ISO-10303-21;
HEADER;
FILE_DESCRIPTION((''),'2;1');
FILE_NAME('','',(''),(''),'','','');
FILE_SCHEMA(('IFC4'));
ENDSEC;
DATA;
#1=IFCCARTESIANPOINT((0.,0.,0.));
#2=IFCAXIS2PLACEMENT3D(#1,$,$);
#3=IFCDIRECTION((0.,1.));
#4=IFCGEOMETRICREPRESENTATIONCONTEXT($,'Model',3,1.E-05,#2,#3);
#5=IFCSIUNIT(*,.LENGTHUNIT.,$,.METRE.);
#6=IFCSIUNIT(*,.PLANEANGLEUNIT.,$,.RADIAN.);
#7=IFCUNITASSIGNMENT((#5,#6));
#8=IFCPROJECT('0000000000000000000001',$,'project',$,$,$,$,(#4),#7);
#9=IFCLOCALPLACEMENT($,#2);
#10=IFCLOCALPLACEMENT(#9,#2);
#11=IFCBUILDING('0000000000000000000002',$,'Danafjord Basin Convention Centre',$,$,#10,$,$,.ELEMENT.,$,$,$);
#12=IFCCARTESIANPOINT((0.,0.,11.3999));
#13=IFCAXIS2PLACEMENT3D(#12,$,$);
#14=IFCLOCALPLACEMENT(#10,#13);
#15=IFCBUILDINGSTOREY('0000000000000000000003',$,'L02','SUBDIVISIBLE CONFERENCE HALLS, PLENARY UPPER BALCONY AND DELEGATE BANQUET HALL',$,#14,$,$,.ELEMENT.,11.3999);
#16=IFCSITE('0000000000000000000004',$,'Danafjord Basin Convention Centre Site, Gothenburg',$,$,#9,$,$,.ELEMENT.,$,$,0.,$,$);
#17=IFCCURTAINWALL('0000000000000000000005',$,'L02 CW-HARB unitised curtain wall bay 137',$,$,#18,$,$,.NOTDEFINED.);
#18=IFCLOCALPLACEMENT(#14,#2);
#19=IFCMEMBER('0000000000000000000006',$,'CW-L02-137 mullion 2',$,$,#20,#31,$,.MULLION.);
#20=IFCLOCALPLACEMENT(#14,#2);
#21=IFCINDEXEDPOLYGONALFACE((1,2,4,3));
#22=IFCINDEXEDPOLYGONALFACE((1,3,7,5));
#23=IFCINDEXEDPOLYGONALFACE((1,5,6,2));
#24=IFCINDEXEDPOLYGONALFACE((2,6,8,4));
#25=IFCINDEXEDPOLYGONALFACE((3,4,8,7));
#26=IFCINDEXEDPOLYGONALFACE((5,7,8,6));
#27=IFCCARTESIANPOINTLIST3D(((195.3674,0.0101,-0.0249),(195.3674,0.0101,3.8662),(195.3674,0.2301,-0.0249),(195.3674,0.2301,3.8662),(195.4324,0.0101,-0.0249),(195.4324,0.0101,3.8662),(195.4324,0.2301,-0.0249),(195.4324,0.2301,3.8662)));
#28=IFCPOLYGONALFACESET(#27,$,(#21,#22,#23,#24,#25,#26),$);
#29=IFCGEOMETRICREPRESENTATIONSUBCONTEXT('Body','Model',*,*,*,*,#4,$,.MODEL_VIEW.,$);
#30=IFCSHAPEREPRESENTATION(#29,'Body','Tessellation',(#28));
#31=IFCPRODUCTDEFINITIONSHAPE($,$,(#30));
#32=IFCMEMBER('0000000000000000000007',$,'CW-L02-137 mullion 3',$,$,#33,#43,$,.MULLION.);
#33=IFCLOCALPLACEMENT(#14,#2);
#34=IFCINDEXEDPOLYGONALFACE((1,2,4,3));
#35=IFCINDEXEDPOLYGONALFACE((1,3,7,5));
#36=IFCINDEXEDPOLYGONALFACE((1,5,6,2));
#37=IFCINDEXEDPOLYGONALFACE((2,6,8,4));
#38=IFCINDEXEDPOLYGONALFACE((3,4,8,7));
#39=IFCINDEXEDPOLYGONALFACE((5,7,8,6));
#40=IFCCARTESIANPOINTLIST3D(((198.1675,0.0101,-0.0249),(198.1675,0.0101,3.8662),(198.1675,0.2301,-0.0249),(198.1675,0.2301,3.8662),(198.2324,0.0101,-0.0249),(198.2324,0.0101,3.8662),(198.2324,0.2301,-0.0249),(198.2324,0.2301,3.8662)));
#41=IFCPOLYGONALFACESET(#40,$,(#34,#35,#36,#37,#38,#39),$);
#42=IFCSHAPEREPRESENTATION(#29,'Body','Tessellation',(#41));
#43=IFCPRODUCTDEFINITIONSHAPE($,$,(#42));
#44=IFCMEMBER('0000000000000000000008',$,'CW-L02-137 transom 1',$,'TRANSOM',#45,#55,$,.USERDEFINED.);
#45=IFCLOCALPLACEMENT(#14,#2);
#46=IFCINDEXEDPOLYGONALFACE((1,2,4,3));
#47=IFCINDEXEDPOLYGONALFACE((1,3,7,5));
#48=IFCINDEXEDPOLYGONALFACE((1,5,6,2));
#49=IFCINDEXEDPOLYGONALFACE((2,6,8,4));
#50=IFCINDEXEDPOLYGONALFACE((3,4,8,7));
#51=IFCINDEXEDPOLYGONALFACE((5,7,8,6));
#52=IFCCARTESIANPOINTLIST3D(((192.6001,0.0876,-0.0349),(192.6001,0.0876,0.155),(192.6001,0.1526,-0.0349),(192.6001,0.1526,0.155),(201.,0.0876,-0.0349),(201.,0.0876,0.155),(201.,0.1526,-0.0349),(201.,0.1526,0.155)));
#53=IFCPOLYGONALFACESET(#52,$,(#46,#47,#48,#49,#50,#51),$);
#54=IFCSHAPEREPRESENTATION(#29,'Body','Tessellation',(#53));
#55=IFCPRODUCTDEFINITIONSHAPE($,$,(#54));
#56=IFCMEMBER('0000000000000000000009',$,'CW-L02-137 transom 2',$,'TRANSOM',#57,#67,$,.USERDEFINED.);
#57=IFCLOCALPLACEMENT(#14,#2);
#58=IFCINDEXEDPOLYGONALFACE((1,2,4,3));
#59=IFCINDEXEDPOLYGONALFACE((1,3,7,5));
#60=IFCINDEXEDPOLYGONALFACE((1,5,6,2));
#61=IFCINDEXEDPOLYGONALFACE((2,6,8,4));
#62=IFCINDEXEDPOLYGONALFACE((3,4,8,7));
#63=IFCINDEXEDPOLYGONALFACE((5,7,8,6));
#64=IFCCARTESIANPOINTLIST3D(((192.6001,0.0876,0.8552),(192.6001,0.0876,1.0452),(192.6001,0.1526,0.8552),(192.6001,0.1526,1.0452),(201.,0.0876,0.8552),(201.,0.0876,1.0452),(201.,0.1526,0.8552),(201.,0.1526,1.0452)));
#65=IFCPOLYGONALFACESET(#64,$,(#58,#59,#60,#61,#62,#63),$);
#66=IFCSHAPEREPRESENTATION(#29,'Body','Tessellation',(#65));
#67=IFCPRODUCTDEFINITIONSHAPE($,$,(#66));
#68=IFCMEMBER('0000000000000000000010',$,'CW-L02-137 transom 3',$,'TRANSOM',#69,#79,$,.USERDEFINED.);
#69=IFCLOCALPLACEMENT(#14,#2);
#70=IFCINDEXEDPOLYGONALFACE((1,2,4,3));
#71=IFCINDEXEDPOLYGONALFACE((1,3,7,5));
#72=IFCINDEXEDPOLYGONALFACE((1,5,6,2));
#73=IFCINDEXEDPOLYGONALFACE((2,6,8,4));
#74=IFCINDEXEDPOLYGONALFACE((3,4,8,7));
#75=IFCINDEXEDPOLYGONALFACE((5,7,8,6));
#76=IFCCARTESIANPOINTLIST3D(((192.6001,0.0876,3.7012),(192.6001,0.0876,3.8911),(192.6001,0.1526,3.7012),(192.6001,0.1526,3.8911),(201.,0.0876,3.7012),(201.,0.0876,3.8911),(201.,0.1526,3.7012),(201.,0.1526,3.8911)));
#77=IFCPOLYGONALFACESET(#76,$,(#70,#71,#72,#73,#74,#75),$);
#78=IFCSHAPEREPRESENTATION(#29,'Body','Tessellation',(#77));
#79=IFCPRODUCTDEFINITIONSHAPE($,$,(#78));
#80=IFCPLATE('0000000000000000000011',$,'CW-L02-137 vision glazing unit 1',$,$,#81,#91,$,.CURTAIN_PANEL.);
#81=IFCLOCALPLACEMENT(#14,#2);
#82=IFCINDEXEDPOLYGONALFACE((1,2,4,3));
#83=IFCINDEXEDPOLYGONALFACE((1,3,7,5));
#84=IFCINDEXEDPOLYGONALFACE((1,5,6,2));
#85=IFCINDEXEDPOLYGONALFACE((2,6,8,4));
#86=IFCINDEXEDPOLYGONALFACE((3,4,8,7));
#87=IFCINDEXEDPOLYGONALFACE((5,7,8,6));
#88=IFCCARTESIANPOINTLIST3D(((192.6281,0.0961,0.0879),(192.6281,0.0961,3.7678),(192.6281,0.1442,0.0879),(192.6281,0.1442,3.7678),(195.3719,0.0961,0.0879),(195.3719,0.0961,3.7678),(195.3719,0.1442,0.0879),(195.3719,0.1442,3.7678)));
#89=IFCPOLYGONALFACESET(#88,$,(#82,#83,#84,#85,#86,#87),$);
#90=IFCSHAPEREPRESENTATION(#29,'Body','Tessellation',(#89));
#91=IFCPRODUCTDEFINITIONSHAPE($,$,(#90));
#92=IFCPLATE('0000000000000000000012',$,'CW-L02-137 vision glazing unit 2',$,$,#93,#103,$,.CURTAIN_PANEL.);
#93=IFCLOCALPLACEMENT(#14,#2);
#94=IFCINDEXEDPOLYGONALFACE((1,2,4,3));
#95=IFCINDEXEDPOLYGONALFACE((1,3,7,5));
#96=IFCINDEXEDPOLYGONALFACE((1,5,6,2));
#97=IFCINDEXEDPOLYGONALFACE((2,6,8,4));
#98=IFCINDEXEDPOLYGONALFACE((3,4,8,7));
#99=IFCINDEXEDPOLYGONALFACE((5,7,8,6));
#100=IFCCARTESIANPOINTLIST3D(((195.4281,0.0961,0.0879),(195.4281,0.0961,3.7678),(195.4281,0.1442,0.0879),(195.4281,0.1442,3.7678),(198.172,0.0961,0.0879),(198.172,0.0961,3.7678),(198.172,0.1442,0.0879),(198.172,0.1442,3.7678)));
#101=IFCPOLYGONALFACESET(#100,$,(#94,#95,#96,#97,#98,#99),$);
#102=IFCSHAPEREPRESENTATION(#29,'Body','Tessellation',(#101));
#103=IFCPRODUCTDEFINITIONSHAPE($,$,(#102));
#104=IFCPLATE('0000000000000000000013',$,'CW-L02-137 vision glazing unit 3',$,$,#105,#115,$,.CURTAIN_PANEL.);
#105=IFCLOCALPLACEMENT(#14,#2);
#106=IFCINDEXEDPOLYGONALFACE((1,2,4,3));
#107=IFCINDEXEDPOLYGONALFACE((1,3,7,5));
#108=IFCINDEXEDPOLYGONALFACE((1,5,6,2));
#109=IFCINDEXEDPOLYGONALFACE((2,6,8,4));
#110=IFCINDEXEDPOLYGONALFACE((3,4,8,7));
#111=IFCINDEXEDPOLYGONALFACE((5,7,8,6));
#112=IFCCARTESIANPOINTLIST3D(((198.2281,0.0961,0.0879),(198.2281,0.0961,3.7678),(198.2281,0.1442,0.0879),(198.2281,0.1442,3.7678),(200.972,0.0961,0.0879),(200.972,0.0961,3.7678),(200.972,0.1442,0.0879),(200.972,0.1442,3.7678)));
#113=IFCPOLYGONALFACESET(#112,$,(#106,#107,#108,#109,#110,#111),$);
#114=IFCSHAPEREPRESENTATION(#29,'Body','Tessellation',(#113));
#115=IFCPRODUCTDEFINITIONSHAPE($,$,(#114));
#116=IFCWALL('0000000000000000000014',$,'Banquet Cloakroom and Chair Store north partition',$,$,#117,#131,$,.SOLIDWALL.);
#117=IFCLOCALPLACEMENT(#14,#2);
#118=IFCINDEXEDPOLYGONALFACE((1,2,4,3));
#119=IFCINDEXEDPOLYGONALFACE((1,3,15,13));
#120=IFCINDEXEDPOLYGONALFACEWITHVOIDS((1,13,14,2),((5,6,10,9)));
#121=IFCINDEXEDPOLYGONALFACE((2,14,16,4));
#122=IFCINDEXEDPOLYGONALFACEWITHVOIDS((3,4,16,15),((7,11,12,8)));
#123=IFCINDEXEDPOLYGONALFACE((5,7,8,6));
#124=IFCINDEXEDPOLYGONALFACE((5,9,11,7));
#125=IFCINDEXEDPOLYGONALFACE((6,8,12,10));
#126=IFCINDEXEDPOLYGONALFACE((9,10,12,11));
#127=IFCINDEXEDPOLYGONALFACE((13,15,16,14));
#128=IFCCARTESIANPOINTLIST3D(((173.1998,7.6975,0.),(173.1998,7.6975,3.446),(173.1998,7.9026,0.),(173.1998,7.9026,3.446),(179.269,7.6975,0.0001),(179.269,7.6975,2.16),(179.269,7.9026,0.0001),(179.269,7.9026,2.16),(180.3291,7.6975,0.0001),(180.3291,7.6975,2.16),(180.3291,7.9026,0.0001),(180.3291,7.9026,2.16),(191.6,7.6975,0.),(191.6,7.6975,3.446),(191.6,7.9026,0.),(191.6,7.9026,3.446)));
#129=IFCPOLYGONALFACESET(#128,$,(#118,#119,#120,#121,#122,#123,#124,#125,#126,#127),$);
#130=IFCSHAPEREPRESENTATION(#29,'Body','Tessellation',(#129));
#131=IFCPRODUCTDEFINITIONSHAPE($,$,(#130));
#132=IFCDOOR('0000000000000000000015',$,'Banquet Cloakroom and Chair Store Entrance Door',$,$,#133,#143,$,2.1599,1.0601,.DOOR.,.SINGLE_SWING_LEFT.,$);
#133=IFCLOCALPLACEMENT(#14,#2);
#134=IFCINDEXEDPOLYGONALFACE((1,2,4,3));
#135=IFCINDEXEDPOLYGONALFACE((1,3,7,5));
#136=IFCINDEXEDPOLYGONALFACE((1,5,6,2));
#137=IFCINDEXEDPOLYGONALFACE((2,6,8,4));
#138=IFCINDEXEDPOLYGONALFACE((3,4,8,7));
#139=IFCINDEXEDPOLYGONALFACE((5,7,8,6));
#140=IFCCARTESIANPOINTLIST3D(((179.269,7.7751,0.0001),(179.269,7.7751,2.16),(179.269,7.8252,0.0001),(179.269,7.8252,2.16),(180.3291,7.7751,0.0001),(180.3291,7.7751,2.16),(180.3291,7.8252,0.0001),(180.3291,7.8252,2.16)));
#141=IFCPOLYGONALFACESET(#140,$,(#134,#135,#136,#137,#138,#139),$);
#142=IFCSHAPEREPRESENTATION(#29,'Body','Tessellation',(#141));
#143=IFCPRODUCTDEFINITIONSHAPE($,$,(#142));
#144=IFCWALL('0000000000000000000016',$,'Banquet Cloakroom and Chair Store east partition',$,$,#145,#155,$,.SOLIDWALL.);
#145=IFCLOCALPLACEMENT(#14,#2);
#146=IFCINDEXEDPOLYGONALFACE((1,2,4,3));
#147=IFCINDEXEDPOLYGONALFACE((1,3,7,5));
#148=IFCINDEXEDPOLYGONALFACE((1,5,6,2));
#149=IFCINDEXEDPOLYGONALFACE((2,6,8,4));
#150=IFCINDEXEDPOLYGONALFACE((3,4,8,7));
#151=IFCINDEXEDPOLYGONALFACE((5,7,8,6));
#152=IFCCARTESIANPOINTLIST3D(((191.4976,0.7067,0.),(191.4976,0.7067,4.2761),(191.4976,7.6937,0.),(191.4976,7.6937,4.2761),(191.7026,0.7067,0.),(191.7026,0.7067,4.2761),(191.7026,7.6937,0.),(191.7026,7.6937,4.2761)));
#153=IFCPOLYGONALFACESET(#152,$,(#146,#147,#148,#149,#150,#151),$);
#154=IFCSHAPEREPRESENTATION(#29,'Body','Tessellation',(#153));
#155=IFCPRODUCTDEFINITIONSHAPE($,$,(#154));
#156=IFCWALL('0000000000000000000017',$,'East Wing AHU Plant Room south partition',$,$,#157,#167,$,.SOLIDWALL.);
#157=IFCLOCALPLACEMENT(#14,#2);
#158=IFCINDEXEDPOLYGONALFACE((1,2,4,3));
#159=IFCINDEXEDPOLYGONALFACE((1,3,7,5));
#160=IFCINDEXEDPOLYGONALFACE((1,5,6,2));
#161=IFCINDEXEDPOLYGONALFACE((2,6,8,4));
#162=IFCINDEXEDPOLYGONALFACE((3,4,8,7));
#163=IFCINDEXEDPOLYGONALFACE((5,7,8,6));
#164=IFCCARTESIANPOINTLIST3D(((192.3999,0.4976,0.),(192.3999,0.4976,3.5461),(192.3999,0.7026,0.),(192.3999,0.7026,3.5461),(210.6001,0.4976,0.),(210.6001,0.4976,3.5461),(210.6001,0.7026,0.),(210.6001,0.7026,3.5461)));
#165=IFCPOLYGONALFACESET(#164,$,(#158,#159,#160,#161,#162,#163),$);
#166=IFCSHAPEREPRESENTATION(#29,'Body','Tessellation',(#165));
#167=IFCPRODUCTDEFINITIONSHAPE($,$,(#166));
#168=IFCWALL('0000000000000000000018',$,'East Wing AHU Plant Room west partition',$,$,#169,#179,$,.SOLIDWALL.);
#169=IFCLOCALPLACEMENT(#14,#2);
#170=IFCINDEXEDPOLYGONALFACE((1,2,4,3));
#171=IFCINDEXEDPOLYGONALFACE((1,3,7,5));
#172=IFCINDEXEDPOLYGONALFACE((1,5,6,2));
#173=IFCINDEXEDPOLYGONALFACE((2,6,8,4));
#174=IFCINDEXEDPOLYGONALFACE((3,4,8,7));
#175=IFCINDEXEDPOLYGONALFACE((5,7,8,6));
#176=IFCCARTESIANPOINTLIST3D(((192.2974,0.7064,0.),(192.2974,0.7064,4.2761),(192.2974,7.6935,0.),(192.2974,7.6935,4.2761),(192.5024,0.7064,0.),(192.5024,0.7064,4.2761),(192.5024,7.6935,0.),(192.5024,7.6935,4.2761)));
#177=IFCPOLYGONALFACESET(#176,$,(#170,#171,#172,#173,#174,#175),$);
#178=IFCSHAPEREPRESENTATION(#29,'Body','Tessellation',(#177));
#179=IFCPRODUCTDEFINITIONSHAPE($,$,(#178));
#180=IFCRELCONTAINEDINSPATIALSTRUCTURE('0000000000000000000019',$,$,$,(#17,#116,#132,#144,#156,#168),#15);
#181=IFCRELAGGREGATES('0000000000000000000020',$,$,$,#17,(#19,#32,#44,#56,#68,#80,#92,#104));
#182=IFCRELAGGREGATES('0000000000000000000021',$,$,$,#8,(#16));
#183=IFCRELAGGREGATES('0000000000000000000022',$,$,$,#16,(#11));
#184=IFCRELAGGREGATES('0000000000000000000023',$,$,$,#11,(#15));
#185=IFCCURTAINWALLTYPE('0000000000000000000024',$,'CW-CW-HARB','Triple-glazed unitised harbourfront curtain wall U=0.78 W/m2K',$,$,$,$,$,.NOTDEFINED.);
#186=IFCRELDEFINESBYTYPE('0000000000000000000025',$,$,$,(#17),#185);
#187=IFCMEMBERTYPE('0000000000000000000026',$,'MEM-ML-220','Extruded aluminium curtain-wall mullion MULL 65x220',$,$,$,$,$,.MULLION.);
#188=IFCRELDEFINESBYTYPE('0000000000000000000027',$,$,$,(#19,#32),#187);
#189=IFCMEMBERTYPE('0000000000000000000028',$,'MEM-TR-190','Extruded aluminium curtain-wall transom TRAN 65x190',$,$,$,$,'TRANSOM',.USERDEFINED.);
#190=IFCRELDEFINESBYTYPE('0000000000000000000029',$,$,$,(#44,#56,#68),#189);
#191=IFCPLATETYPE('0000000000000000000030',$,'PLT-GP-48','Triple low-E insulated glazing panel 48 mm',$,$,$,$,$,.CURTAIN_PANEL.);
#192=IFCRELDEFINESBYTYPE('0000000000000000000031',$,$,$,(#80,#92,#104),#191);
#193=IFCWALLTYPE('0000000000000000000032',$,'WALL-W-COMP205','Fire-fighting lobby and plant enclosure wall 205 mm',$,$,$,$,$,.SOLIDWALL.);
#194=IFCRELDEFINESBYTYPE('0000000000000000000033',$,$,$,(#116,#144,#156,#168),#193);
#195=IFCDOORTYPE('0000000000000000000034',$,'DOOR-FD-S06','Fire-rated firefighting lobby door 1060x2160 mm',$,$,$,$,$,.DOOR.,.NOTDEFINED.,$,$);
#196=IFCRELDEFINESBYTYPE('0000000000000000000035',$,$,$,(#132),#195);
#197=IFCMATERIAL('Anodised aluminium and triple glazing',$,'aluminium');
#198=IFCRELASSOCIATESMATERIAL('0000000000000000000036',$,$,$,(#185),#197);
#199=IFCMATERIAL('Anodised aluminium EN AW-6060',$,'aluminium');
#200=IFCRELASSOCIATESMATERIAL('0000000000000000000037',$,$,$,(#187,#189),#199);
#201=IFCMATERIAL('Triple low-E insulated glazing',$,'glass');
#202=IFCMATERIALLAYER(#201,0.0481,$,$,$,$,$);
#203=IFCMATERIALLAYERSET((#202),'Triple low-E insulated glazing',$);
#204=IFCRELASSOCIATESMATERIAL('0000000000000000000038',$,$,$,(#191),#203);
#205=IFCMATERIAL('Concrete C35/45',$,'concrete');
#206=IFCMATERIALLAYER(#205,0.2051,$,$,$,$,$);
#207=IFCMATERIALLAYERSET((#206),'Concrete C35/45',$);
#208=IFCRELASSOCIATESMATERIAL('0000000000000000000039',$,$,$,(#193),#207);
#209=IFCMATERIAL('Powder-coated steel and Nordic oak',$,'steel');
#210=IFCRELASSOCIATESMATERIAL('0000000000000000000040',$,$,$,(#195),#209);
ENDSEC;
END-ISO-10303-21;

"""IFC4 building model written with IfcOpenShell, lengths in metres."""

from ifc_helpers import new_model, si_unit, direction, frame, frame_2d, origin, origin_2d, place, context, subcontext, project, spatial, rectangle, extrude, material, layer, layer_set, material_profile, profile_set, type_object, element, fill, aggregate, save


model = new_model("IFC4")

# Units and contexts
model_context = context("Model", 3, precision=1e-05, world=origin(), true_north=direction((0.0, 1.0)))
body_context = subcontext(model_context, "Body", "Model", "MODEL_VIEW")
ifc_project = project(units=[si_unit("LENGTHUNIT", "METRE"), si_unit("PLANEANGLEUNIT", "RADIAN")], contexts=[model_context])

# Site, building, storey
site_placement = place(None, origin())
site = spatial("IfcSite", under=ifc_project, at=site_placement, Name="Danafjord Basin Convention Centre Site, Gothenburg", CompositionType="ELEMENT", RefElevation=0.0)
building_placement = place(site_placement, origin())
building = spatial("IfcBuilding", under=site, at=building_placement, Name="Danafjord Basin Convention Centre", CompositionType="ELEMENT")
storey_placement = place(building_placement, frame((0.0, 0.0, 11.3999)))
storey = spatial("IfcBuildingStorey", under=building, at=storey_placement, Name="L02", Description="SUBDIVISIBLE CONFERENCE HALLS, PLENARY UPPER BALCONY AND DELEGATE BANQUET HALL", CompositionType="ELEMENT", Elevation=11.3999)

# Curtain wall, members, plates
ifc_material_1 = material(Name="Anodised aluminium and triple glazing", Category="aluminium")
curtain_wall_type = type_object("IfcCurtainWallType", Name="CW-CW-HARB", Description="Triple-glazed unitised harbourfront curtain wall U=0.78 W/m2K", PredefinedType="NOTDEFINED", material=ifc_material_1)
curtain_wall_placement = place(storey_placement, origin())
curtain_wall = element("IfcCurtainWall", 1, at=curtain_wall_placement, inside=storey, type_object=curtain_wall_type, Name="L02 CW-HARB unitised curtain wall bay 137", PredefinedType="NOTDEFINED")
ifc_material_2 = material(Name="Anodised aluminium EN AW-6060", Category="aluminium")
ifc_material_profile_1 = material_profile(ifc_material_2, rectangle(XDim=0.0649, YDim=0.22, at=origin_2d()), Name="MULL 65x220")
ifc_profile_set_1 = profile_set([ifc_material_profile_1], Name="Anodised aluminium EN AW-6060")
member_type_1 = type_object("IfcMemberType", Name="MEM-ML-220", Description="Extruded aluminium curtain-wall mullion MULL 65x220", PredefinedType="MULLION", material=ifc_profile_set_1)
member_1_placement = place(storey_placement, frame((195.3999, 0.1201, -0.0249), z_axis=(0.0, 0.0, 1.0), x_axis=(1.0, 0.0, 0.0)))
member_1 = element("IfcMember", 2, at=member_1_placement, type_object=member_type_1, Name="CW-L02-137 mullion 2", PredefinedType="MULLION", context=body_context, shape_type="SweptSolid", body=[
    extrude(rectangle(XDim=0.0649, YDim=0.22, at=origin_2d()), origin(), (0.0, 0.0, 1.0), 3.8911),
])
member_2_placement = place(storey_placement, frame((198.2, 0.1201, -0.0249), z_axis=(0.0, 0.0, 1.0), x_axis=(1.0, 0.0, 0.0)))
member_2 = element("IfcMember", 3, at=member_2_placement, type_object=member_type_1, Name="CW-L02-137 mullion 3", PredefinedType="MULLION", context=body_context, shape_type="SweptSolid", body=[
    extrude(rectangle(XDim=0.0649, YDim=0.22, at=origin_2d()), origin(), (0.0, 0.0, 1.0), 3.8911),
])
ifc_material_profile_2 = material_profile(ifc_material_2, rectangle(XDim=0.0649, YDim=0.1899, at=origin_2d()), Name="TRAN 65x190")
ifc_profile_set_2 = profile_set([ifc_material_profile_2], Name="Anodised aluminium EN AW-6060")
member_type_2 = type_object("IfcMemberType", Name="MEM-TR-190", Description="Extruded aluminium curtain-wall transom TRAN 65x190", ElementType="TRANSOM", PredefinedType="USERDEFINED", material=ifc_profile_set_2)
member_3_placement = place(storey_placement, frame((192.6001, 0.1201, 0.0601), z_axis=(1.0, 0.0, 0.0), x_axis=(0.0, 1.0, 0.0)))
member_3 = element("IfcMember", 4, at=member_3_placement, type_object=member_type_2, Name="CW-L02-137 transom 1", ObjectType="TRANSOM", PredefinedType="USERDEFINED", context=body_context, shape_type="SweptSolid", body=[
    extrude(rectangle(XDim=0.0649, YDim=0.1899, at=origin_2d()), origin(), (0.0, 0.0, 1.0), 8.3999),
])
member_4_placement = place(storey_placement, frame((192.6001, 0.1201, 0.9502), z_axis=(1.0, 0.0, 0.0), x_axis=(0.0, 1.0, 0.0)))
member_4 = element("IfcMember", 5, at=member_4_placement, type_object=member_type_2, Name="CW-L02-137 transom 2", ObjectType="TRANSOM", PredefinedType="USERDEFINED", context=body_context, shape_type="SweptSolid", body=[
    extrude(rectangle(XDim=0.0649, YDim=0.1899, at=origin_2d()), origin(), (0.0, 0.0, 1.0), 8.3999),
])
member_5_placement = place(storey_placement, frame((192.6001, 0.1201, 3.7961), z_axis=(1.0, 0.0, 0.0), x_axis=(0.0, 1.0, 0.0)))
member_5 = element("IfcMember", 6, at=member_5_placement, type_object=member_type_2, Name="CW-L02-137 transom 3", ObjectType="TRANSOM", PredefinedType="USERDEFINED", context=body_context, shape_type="SweptSolid", body=[
    extrude(rectangle(XDim=0.0649, YDim=0.1899, at=origin_2d()), origin(), (0.0, 0.0, 1.0), 8.3999),
])
ifc_material_3 = material(Name="Triple low-E insulated glazing", Category="glass")
ifc_layer_1 = layer(ifc_material_3, 0.0481)
ifc_layer_set_1 = layer_set([ifc_layer_1], Name="Triple low-E insulated glazing")
plate_type = type_object("IfcPlateType", Name="PLT-GP-48", Description="Triple low-E insulated glazing panel 48 mm", PredefinedType="CURTAIN_PANEL", material=ifc_layer_set_1)
plate_1_placement = place(storey_placement, frame((194.0, 0.1201, 0.0879), z_axis=(0.0, 0.0, 1.0), x_axis=(1.0, 0.0, 0.0)))
plate_1 = element("IfcPlate", 7, at=plate_1_placement, type_object=plate_type, Name="CW-L02-137 vision glazing unit 1", PredefinedType="CURTAIN_PANEL", context=body_context, shape_type="SweptSolid", body=[
    extrude(rectangle(XDim=2.7439, YDim=0.0481, at=origin_2d()), origin(), (0.0, 0.0, 1.0), 3.6799),
])
plate_2_placement = place(storey_placement, frame((196.8, 0.1201, 0.0879), z_axis=(0.0, 0.0, 1.0), x_axis=(1.0, 0.0, 0.0)))
plate_2 = element("IfcPlate", 8, at=plate_2_placement, type_object=plate_type, Name="CW-L02-137 vision glazing unit 2", PredefinedType="CURTAIN_PANEL", context=body_context, shape_type="SweptSolid", body=[
    extrude(rectangle(XDim=2.7439, YDim=0.0481, at=origin_2d()), origin(), (0.0, 0.0, 1.0), 3.6799),
])
plate_3_placement = place(storey_placement, frame((199.6001, 0.1201, 0.0879), z_axis=(0.0, 0.0, 1.0), x_axis=(1.0, 0.0, 0.0)))
plate_3 = element("IfcPlate", 9, at=plate_3_placement, type_object=plate_type, Name="CW-L02-137 vision glazing unit 3", PredefinedType="CURTAIN_PANEL", context=body_context, shape_type="SweptSolid", body=[
    extrude(rectangle(XDim=2.7439, YDim=0.0481, at=origin_2d()), origin(), (0.0, 0.0, 1.0), 3.6799),
])
aggregate(curtain_wall, [member_1, member_2, member_3, member_4, member_5, plate_1, plate_2, plate_3])

# Wall, opening, door
ifc_material_4 = material(Name="Concrete C35/45", Category="concrete")
ifc_layer_2 = layer(ifc_material_4, 0.2051)
ifc_layer_set_2 = layer_set([ifc_layer_2], Name="Concrete C35/45")
wall_type = type_object("IfcWallType", Name="WALL-W-COMP205", Description="Fire-fighting lobby and plant enclosure wall 205 mm", PredefinedType="SOLIDWALL", material=ifc_layer_set_2)
wall_1_placement = place(storey_placement, frame((191.6001, 7.8, 0.0), z_axis=(0.0, 0.0, 1.0), x_axis=(-1.0, 0.0, 0.0)))
wall_1 = element("IfcWall", 10, at=wall_1_placement, inside=storey, type_object=wall_type, Name="Banquet Cloakroom and Chair Store north partition", PredefinedType="SOLIDWALL", context=body_context, shape_type="SweptSolid", body=[
    extrude(rectangle(XDim=18.4001, YDim=0.2051, at=frame_2d((9.2002, 0.0))), origin(), (0.0, 0.0, 1.0), 3.446),
])
opening_placement = place(wall_1_placement, frame((11.271, 0.0, 0.0)))
opening = element("IfcOpeningElement", 11, at=opening_placement, cuts=wall_1, PredefinedType="OPENING", context=body_context, shape_type="SweptSolid", body=[
    extrude(rectangle(XDim=1.0601, YDim=2.1599, at=frame_2d((0.53, 1.0801))), frame((0.0, 0.1125, 0.0), z_axis=(0.0, -1.0, 0.0), x_axis=(1.0, 0.0, 0.0)), (0.0, 0.0, 1.0), 0.2251),
])
ifc_material_5 = material(Name="Powder-coated steel and Nordic oak", Category="steel")
door_type = type_object("IfcDoorType", Name="DOOR-FD-S06", Description="Fire-rated firefighting lobby door 1060x2160 mm", OperationType="NOTDEFINED", PredefinedType="DOOR", material=ifc_material_5)
door_placement = place(opening_placement, origin())
door = element("IfcDoor", 12, at=door_placement, inside=storey, type_object=door_type, Name="Banquet Cloakroom and Chair Store Entrance Door", OperationType="SINGLE_SWING_LEFT", OverallHeight=2.1599, OverallWidth=1.0601, PredefinedType="DOOR", context=body_context, shape_type="SweptSolid", body=[
    extrude(rectangle(XDim=1.0601, YDim=2.1599, at=frame_2d((0.53, 1.0801))), frame((0.0, 0.0249, 0.0), z_axis=(0.0, -1.0, 0.0), x_axis=(1.0, 0.0, 0.0)), (0.0, 0.0, 1.0), 0.05),
])
fill(opening, door)

# Walls
wall_2_placement = place(storey_placement, frame((191.6001, 0.7065, 0.0), z_axis=(0.0, 0.0, 1.0), x_axis=(0.0, 1.0, 0.0)))
element("IfcWall", 13, at=wall_2_placement, inside=storey, type_object=wall_type, Name="Banquet Cloakroom and Chair Store east partition", PredefinedType="SOLIDWALL", context=body_context, shape_type="SweptSolid", body=[
    extrude(rectangle(XDim=6.9871, YDim=0.2051, at=frame_2d((3.4937, 0.0))), origin(), (0.0, 0.0, 1.0), 4.2761),
])
wall_3_placement = place(storey_placement, frame((192.3999, 0.6001, 0.0), z_axis=(0.0, 0.0, 1.0), x_axis=(1.0, 0.0, 0.0)))
element("IfcWall", 14, at=wall_3_placement, inside=storey, type_object=wall_type, Name="East Wing AHU Plant Room south partition", PredefinedType="SOLIDWALL", context=body_context, shape_type="SweptSolid", body=[
    extrude(rectangle(XDim=18.2002, YDim=0.2051, at=frame_2d((9.1001, 0.0))), origin(), (0.0, 0.0, 1.0), 3.5461),
])
wall_4_placement = place(storey_placement, frame((192.3999, 7.6936, 0.0), z_axis=(0.0, 0.0, 1.0), x_axis=(0.0, -1.0, 0.0)))
element("IfcWall", 15, at=wall_4_placement, inside=storey, type_object=wall_type, Name="East Wing AHU Plant Room west partition", PredefinedType="SOLIDWALL", context=body_context, shape_type="SweptSolid", body=[
    extrude(rectangle(XDim=6.9871, YDim=0.2051, at=frame_2d((3.4937, 0.0))), origin(), (0.0, 0.0, 1.0), 4.2761),
])

save(model, "model.ifc")
